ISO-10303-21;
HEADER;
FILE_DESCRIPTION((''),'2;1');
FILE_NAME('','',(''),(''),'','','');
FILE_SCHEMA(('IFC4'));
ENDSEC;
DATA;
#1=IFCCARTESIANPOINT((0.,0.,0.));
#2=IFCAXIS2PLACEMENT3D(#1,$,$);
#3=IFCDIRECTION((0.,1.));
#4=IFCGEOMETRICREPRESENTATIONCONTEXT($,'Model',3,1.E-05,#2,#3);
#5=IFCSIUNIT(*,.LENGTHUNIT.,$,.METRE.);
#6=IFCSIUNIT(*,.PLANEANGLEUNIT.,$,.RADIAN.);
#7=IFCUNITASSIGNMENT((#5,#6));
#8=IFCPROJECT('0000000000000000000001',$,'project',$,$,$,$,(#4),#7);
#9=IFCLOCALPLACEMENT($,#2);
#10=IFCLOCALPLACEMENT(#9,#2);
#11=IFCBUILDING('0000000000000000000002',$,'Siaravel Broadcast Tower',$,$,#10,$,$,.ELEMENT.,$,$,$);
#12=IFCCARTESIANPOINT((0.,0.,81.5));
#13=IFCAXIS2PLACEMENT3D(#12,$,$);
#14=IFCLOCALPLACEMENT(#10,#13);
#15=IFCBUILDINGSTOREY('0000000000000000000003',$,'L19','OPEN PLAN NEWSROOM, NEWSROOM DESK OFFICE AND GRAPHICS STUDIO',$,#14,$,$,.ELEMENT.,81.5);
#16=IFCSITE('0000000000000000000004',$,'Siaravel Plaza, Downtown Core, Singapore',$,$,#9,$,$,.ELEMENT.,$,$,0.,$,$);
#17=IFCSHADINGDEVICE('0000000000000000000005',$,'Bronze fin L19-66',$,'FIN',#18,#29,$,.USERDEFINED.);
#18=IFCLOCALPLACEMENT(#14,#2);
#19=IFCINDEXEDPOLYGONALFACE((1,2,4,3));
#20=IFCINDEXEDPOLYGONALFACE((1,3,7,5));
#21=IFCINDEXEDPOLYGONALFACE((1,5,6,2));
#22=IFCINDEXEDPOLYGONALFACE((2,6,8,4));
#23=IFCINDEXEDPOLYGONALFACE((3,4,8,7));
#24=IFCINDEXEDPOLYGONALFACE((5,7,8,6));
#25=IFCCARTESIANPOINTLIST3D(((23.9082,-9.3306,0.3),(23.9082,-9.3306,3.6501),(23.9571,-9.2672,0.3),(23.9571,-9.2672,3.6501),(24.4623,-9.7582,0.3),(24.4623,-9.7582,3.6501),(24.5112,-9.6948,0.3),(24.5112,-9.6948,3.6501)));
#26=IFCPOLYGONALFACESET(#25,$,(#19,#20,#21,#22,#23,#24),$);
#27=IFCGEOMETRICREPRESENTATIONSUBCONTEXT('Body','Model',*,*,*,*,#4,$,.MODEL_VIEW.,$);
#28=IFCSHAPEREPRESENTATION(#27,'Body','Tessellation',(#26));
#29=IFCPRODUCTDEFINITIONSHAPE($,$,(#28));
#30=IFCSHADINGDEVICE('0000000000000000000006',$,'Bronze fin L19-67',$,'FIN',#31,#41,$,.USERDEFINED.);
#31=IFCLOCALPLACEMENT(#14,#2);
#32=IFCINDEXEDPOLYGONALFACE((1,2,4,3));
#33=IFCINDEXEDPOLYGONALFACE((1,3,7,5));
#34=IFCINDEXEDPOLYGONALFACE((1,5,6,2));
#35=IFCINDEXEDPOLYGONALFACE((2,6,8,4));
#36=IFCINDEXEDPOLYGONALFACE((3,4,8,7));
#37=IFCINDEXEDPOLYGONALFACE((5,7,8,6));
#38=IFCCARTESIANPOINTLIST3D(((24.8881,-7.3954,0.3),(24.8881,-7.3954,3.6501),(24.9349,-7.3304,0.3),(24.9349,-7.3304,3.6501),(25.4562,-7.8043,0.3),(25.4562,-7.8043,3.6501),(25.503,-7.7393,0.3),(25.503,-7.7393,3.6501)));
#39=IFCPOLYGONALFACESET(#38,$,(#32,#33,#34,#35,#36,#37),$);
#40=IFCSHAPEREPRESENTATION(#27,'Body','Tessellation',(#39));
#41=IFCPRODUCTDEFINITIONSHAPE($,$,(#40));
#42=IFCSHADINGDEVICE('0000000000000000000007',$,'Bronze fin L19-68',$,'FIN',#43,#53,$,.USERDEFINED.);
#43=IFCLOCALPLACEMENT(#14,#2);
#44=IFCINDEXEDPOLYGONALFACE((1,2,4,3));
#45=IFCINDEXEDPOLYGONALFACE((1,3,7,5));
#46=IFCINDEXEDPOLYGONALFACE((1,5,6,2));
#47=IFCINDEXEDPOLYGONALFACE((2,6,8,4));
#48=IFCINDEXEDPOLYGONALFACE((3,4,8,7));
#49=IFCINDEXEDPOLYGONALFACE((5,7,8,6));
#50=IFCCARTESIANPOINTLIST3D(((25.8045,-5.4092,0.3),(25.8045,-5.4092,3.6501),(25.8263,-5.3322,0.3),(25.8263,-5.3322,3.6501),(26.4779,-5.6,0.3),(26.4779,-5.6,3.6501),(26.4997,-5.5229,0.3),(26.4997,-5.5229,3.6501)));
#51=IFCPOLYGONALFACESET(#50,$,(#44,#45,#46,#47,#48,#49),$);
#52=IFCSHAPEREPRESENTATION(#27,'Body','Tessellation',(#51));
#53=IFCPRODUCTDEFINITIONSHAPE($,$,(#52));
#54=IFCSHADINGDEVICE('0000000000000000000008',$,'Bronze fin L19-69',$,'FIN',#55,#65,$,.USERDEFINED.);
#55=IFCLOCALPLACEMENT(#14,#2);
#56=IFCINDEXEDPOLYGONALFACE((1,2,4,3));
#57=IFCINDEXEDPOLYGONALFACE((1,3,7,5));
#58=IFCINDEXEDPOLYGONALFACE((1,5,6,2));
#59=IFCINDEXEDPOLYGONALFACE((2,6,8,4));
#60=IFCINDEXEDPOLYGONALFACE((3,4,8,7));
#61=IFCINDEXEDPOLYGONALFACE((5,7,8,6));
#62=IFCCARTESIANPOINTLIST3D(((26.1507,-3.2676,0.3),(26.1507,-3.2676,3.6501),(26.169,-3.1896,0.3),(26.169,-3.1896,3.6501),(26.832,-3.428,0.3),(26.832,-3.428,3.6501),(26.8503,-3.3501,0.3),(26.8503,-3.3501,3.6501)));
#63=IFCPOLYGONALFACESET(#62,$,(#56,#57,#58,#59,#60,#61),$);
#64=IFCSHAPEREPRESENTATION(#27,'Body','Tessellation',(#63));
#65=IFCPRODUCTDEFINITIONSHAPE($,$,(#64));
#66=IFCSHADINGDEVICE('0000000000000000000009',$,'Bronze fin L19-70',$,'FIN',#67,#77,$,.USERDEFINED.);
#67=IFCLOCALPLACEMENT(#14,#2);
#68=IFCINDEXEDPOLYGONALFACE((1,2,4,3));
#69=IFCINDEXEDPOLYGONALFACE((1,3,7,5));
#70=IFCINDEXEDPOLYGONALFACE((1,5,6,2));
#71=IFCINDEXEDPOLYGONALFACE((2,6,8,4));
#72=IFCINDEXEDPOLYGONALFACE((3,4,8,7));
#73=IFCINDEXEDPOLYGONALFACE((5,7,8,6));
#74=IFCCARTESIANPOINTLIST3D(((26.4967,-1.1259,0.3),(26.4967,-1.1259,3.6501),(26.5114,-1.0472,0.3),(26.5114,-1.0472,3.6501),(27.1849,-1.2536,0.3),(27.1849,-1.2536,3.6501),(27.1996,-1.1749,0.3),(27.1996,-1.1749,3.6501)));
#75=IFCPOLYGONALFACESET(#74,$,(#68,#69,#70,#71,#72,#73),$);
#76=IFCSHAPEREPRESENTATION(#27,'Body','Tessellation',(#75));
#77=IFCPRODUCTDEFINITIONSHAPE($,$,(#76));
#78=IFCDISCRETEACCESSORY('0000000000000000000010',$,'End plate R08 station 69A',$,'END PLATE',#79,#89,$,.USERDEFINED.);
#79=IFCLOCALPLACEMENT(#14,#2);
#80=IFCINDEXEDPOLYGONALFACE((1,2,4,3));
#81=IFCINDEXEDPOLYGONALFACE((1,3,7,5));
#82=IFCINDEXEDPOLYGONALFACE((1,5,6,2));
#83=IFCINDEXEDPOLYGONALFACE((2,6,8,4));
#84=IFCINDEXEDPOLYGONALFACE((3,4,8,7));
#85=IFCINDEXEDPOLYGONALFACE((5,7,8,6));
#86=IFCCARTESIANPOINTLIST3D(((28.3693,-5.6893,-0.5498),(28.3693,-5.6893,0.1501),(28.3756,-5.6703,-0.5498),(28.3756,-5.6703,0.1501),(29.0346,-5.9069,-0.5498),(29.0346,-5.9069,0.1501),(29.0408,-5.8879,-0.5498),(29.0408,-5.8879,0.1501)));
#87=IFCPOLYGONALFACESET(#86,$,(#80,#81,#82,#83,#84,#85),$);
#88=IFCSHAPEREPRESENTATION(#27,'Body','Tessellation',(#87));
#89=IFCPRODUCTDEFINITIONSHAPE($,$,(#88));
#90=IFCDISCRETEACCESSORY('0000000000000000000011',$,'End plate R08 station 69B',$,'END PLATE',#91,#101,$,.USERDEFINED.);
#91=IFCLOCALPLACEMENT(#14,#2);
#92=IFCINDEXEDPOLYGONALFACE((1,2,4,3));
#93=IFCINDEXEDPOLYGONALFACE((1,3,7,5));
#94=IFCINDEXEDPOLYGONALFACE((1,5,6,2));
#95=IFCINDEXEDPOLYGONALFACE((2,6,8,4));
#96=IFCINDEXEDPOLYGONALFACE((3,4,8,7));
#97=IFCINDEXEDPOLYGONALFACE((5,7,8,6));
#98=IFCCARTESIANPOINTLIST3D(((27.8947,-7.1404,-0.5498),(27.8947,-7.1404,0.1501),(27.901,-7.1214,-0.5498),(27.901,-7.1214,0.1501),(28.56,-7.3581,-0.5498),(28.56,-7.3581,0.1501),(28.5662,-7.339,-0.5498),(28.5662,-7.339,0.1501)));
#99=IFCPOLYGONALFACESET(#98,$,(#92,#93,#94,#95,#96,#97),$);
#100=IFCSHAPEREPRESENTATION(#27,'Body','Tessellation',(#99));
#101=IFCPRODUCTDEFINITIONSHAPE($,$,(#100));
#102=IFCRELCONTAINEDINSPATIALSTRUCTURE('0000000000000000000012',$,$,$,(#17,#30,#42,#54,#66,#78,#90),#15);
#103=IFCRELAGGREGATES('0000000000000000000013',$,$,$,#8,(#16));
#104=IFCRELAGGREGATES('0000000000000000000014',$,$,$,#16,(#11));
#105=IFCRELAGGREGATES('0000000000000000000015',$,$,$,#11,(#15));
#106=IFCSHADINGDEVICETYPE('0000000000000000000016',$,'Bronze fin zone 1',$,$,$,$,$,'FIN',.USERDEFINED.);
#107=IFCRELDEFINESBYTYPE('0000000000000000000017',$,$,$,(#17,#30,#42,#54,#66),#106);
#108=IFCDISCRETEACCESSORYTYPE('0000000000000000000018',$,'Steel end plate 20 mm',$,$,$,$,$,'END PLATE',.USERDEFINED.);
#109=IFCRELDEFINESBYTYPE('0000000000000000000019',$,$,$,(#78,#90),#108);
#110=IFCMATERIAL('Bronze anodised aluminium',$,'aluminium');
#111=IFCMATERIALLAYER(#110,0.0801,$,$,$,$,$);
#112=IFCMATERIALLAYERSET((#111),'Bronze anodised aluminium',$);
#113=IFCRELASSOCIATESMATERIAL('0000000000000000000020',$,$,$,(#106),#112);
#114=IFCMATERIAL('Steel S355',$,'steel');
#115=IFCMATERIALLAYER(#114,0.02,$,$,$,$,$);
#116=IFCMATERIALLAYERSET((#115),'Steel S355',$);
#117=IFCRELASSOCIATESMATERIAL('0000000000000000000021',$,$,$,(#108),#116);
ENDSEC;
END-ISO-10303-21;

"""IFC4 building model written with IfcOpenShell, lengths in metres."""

from ifc_helpers import new_model, si_unit, direction, frame, origin, origin_2d, place, context, subcontext, project, spatial, rectangle, extrude, material, layer, layer_set, type_object, element, save


model = new_model("IFC4")

# Units and contexts
model_context = context("Model", 3, precision=1e-05, world=origin(), true_north=direction((0.0, 1.0)))
body_context = subcontext(model_context, "Body", "Model", "MODEL_VIEW")
ifc_project = project(units=[si_unit("LENGTHUNIT", "METRE"), si_unit("PLANEANGLEUNIT", "RADIAN")], contexts=[model_context])

# Site, building, storey
site_placement = place(None, origin())
site = spatial("IfcSite", under=ifc_project, at=site_placement, Name="Siaravel Plaza, Downtown Core, Singapore", CompositionType="ELEMENT", RefElevation=0.0)
building_placement = place(site_placement, origin())
building = spatial("IfcBuilding", under=site, at=building_placement, Name="Siaravel Broadcast Tower", CompositionType="ELEMENT")
storey_placement = place(building_placement, frame((0.0, 0.0, 81.5)))
storey = spatial("IfcBuildingStorey", under=building, at=storey_placement, Name="L19", Description="OPEN PLAN NEWSROOM, NEWSROOM DESK OFFICE AND GRAPHICS STUDIO", CompositionType="ELEMENT", Elevation=81.5)

# Shared definitions
ifc_material_1 = material(Name="Steel S355", Category="steel")

# Shading devices
ifc_material_2 = material(Name="Bronze anodised aluminium", Category="aluminium")
ifc_layer_1 = layer(ifc_material_2, 0.0801)
ifc_layer_set_1 = layer_set([ifc_layer_1], Name="Bronze anodised aluminium")
shading_device_type = type_object("IfcShadingDeviceType", Name="Bronze fin zone 1", ElementType="FIN", PredefinedType="USERDEFINED", material=ifc_layer_set_1)
for number, where, z_axis, x_axis, name in (
    (1, (24.2097, -9.5127, 0.3), (0.0, 0.0, 1.0), (0.791659, -0.610963, 0.0), "Bronze fin L19-66"),
    (2, (25.1956, -7.5674, 0.3), (0.0, 0.0, 1.0), (0.811609, -0.584202, 0.0), "Bronze fin L19-67"),
    (3, (26.1521, -5.4661, 0.3), (0.0, 0.0, 1.0), (0.962141, -0.272552, 0.0), "Bronze fin L19-68"),
    (4, (26.5005, -3.3088, 0.3), (0.0, 0.0, 1.0), (0.973374, -0.229224, 0.0), "Bronze fin L19-69"),
    (5, (26.8481, -1.1504, 0.3), (0.0, 0.0, 1.0), (0.983212, -0.182469, 0.0), "Bronze fin L19-70"),
):
    element("IfcShadingDevice", number, at=place(storey_placement, frame(where, z_axis=z_axis, x_axis=x_axis)), inside=storey, type_object=shading_device_type, Name=name, ObjectType="FIN", PredefinedType="USERDEFINED", context=body_context, shape_type="SweptSolid", body=[
        extrude(rectangle(XDim=0.7, YDim=0.0801, at=origin_2d()), origin(), (0.0, 0.0, 1.0), 3.3501),
    ])

# Discrete accessories
ifc_layer_2 = layer(ifc_material_1, 0.02)
ifc_layer_set_2 = layer_set([ifc_layer_2], Name="Steel S355")
discrete_accessory_type = type_object("IfcDiscreteAccessoryType", Name="Steel end plate 20 mm", ElementType="END PLATE", PredefinedType="USERDEFINED", material=ifc_layer_set_2)
for number, where, z_axis, x_axis, name in (
    (6, (28.7051, -5.7886, -0.5498), (0.0, 0.0, 1.0), (0.310909, 0.95044, 0.0), "End plate R08 station 69A"),
    (7, (28.2305, -7.2397, -0.5498), (0.0, 0.0, 1.0), (0.310909, 0.95044, 0.0), "End plate R08 station 69B"),
):
    element("IfcDiscreteAccessory", number, at=place(storey_placement, frame(where, z_axis=z_axis, x_axis=x_axis)), inside=storey, type_object=discrete_accessory_type, Name=name, ObjectType="END PLATE", PredefinedType="USERDEFINED", context=body_context, shape_type="SweptSolid", body=[
        extrude(rectangle(XDim=0.02, YDim=0.7, at=origin_2d()), origin(), (0.0, 0.0, 1.0), 0.7),
    ])

save(model, "model.ifc")
